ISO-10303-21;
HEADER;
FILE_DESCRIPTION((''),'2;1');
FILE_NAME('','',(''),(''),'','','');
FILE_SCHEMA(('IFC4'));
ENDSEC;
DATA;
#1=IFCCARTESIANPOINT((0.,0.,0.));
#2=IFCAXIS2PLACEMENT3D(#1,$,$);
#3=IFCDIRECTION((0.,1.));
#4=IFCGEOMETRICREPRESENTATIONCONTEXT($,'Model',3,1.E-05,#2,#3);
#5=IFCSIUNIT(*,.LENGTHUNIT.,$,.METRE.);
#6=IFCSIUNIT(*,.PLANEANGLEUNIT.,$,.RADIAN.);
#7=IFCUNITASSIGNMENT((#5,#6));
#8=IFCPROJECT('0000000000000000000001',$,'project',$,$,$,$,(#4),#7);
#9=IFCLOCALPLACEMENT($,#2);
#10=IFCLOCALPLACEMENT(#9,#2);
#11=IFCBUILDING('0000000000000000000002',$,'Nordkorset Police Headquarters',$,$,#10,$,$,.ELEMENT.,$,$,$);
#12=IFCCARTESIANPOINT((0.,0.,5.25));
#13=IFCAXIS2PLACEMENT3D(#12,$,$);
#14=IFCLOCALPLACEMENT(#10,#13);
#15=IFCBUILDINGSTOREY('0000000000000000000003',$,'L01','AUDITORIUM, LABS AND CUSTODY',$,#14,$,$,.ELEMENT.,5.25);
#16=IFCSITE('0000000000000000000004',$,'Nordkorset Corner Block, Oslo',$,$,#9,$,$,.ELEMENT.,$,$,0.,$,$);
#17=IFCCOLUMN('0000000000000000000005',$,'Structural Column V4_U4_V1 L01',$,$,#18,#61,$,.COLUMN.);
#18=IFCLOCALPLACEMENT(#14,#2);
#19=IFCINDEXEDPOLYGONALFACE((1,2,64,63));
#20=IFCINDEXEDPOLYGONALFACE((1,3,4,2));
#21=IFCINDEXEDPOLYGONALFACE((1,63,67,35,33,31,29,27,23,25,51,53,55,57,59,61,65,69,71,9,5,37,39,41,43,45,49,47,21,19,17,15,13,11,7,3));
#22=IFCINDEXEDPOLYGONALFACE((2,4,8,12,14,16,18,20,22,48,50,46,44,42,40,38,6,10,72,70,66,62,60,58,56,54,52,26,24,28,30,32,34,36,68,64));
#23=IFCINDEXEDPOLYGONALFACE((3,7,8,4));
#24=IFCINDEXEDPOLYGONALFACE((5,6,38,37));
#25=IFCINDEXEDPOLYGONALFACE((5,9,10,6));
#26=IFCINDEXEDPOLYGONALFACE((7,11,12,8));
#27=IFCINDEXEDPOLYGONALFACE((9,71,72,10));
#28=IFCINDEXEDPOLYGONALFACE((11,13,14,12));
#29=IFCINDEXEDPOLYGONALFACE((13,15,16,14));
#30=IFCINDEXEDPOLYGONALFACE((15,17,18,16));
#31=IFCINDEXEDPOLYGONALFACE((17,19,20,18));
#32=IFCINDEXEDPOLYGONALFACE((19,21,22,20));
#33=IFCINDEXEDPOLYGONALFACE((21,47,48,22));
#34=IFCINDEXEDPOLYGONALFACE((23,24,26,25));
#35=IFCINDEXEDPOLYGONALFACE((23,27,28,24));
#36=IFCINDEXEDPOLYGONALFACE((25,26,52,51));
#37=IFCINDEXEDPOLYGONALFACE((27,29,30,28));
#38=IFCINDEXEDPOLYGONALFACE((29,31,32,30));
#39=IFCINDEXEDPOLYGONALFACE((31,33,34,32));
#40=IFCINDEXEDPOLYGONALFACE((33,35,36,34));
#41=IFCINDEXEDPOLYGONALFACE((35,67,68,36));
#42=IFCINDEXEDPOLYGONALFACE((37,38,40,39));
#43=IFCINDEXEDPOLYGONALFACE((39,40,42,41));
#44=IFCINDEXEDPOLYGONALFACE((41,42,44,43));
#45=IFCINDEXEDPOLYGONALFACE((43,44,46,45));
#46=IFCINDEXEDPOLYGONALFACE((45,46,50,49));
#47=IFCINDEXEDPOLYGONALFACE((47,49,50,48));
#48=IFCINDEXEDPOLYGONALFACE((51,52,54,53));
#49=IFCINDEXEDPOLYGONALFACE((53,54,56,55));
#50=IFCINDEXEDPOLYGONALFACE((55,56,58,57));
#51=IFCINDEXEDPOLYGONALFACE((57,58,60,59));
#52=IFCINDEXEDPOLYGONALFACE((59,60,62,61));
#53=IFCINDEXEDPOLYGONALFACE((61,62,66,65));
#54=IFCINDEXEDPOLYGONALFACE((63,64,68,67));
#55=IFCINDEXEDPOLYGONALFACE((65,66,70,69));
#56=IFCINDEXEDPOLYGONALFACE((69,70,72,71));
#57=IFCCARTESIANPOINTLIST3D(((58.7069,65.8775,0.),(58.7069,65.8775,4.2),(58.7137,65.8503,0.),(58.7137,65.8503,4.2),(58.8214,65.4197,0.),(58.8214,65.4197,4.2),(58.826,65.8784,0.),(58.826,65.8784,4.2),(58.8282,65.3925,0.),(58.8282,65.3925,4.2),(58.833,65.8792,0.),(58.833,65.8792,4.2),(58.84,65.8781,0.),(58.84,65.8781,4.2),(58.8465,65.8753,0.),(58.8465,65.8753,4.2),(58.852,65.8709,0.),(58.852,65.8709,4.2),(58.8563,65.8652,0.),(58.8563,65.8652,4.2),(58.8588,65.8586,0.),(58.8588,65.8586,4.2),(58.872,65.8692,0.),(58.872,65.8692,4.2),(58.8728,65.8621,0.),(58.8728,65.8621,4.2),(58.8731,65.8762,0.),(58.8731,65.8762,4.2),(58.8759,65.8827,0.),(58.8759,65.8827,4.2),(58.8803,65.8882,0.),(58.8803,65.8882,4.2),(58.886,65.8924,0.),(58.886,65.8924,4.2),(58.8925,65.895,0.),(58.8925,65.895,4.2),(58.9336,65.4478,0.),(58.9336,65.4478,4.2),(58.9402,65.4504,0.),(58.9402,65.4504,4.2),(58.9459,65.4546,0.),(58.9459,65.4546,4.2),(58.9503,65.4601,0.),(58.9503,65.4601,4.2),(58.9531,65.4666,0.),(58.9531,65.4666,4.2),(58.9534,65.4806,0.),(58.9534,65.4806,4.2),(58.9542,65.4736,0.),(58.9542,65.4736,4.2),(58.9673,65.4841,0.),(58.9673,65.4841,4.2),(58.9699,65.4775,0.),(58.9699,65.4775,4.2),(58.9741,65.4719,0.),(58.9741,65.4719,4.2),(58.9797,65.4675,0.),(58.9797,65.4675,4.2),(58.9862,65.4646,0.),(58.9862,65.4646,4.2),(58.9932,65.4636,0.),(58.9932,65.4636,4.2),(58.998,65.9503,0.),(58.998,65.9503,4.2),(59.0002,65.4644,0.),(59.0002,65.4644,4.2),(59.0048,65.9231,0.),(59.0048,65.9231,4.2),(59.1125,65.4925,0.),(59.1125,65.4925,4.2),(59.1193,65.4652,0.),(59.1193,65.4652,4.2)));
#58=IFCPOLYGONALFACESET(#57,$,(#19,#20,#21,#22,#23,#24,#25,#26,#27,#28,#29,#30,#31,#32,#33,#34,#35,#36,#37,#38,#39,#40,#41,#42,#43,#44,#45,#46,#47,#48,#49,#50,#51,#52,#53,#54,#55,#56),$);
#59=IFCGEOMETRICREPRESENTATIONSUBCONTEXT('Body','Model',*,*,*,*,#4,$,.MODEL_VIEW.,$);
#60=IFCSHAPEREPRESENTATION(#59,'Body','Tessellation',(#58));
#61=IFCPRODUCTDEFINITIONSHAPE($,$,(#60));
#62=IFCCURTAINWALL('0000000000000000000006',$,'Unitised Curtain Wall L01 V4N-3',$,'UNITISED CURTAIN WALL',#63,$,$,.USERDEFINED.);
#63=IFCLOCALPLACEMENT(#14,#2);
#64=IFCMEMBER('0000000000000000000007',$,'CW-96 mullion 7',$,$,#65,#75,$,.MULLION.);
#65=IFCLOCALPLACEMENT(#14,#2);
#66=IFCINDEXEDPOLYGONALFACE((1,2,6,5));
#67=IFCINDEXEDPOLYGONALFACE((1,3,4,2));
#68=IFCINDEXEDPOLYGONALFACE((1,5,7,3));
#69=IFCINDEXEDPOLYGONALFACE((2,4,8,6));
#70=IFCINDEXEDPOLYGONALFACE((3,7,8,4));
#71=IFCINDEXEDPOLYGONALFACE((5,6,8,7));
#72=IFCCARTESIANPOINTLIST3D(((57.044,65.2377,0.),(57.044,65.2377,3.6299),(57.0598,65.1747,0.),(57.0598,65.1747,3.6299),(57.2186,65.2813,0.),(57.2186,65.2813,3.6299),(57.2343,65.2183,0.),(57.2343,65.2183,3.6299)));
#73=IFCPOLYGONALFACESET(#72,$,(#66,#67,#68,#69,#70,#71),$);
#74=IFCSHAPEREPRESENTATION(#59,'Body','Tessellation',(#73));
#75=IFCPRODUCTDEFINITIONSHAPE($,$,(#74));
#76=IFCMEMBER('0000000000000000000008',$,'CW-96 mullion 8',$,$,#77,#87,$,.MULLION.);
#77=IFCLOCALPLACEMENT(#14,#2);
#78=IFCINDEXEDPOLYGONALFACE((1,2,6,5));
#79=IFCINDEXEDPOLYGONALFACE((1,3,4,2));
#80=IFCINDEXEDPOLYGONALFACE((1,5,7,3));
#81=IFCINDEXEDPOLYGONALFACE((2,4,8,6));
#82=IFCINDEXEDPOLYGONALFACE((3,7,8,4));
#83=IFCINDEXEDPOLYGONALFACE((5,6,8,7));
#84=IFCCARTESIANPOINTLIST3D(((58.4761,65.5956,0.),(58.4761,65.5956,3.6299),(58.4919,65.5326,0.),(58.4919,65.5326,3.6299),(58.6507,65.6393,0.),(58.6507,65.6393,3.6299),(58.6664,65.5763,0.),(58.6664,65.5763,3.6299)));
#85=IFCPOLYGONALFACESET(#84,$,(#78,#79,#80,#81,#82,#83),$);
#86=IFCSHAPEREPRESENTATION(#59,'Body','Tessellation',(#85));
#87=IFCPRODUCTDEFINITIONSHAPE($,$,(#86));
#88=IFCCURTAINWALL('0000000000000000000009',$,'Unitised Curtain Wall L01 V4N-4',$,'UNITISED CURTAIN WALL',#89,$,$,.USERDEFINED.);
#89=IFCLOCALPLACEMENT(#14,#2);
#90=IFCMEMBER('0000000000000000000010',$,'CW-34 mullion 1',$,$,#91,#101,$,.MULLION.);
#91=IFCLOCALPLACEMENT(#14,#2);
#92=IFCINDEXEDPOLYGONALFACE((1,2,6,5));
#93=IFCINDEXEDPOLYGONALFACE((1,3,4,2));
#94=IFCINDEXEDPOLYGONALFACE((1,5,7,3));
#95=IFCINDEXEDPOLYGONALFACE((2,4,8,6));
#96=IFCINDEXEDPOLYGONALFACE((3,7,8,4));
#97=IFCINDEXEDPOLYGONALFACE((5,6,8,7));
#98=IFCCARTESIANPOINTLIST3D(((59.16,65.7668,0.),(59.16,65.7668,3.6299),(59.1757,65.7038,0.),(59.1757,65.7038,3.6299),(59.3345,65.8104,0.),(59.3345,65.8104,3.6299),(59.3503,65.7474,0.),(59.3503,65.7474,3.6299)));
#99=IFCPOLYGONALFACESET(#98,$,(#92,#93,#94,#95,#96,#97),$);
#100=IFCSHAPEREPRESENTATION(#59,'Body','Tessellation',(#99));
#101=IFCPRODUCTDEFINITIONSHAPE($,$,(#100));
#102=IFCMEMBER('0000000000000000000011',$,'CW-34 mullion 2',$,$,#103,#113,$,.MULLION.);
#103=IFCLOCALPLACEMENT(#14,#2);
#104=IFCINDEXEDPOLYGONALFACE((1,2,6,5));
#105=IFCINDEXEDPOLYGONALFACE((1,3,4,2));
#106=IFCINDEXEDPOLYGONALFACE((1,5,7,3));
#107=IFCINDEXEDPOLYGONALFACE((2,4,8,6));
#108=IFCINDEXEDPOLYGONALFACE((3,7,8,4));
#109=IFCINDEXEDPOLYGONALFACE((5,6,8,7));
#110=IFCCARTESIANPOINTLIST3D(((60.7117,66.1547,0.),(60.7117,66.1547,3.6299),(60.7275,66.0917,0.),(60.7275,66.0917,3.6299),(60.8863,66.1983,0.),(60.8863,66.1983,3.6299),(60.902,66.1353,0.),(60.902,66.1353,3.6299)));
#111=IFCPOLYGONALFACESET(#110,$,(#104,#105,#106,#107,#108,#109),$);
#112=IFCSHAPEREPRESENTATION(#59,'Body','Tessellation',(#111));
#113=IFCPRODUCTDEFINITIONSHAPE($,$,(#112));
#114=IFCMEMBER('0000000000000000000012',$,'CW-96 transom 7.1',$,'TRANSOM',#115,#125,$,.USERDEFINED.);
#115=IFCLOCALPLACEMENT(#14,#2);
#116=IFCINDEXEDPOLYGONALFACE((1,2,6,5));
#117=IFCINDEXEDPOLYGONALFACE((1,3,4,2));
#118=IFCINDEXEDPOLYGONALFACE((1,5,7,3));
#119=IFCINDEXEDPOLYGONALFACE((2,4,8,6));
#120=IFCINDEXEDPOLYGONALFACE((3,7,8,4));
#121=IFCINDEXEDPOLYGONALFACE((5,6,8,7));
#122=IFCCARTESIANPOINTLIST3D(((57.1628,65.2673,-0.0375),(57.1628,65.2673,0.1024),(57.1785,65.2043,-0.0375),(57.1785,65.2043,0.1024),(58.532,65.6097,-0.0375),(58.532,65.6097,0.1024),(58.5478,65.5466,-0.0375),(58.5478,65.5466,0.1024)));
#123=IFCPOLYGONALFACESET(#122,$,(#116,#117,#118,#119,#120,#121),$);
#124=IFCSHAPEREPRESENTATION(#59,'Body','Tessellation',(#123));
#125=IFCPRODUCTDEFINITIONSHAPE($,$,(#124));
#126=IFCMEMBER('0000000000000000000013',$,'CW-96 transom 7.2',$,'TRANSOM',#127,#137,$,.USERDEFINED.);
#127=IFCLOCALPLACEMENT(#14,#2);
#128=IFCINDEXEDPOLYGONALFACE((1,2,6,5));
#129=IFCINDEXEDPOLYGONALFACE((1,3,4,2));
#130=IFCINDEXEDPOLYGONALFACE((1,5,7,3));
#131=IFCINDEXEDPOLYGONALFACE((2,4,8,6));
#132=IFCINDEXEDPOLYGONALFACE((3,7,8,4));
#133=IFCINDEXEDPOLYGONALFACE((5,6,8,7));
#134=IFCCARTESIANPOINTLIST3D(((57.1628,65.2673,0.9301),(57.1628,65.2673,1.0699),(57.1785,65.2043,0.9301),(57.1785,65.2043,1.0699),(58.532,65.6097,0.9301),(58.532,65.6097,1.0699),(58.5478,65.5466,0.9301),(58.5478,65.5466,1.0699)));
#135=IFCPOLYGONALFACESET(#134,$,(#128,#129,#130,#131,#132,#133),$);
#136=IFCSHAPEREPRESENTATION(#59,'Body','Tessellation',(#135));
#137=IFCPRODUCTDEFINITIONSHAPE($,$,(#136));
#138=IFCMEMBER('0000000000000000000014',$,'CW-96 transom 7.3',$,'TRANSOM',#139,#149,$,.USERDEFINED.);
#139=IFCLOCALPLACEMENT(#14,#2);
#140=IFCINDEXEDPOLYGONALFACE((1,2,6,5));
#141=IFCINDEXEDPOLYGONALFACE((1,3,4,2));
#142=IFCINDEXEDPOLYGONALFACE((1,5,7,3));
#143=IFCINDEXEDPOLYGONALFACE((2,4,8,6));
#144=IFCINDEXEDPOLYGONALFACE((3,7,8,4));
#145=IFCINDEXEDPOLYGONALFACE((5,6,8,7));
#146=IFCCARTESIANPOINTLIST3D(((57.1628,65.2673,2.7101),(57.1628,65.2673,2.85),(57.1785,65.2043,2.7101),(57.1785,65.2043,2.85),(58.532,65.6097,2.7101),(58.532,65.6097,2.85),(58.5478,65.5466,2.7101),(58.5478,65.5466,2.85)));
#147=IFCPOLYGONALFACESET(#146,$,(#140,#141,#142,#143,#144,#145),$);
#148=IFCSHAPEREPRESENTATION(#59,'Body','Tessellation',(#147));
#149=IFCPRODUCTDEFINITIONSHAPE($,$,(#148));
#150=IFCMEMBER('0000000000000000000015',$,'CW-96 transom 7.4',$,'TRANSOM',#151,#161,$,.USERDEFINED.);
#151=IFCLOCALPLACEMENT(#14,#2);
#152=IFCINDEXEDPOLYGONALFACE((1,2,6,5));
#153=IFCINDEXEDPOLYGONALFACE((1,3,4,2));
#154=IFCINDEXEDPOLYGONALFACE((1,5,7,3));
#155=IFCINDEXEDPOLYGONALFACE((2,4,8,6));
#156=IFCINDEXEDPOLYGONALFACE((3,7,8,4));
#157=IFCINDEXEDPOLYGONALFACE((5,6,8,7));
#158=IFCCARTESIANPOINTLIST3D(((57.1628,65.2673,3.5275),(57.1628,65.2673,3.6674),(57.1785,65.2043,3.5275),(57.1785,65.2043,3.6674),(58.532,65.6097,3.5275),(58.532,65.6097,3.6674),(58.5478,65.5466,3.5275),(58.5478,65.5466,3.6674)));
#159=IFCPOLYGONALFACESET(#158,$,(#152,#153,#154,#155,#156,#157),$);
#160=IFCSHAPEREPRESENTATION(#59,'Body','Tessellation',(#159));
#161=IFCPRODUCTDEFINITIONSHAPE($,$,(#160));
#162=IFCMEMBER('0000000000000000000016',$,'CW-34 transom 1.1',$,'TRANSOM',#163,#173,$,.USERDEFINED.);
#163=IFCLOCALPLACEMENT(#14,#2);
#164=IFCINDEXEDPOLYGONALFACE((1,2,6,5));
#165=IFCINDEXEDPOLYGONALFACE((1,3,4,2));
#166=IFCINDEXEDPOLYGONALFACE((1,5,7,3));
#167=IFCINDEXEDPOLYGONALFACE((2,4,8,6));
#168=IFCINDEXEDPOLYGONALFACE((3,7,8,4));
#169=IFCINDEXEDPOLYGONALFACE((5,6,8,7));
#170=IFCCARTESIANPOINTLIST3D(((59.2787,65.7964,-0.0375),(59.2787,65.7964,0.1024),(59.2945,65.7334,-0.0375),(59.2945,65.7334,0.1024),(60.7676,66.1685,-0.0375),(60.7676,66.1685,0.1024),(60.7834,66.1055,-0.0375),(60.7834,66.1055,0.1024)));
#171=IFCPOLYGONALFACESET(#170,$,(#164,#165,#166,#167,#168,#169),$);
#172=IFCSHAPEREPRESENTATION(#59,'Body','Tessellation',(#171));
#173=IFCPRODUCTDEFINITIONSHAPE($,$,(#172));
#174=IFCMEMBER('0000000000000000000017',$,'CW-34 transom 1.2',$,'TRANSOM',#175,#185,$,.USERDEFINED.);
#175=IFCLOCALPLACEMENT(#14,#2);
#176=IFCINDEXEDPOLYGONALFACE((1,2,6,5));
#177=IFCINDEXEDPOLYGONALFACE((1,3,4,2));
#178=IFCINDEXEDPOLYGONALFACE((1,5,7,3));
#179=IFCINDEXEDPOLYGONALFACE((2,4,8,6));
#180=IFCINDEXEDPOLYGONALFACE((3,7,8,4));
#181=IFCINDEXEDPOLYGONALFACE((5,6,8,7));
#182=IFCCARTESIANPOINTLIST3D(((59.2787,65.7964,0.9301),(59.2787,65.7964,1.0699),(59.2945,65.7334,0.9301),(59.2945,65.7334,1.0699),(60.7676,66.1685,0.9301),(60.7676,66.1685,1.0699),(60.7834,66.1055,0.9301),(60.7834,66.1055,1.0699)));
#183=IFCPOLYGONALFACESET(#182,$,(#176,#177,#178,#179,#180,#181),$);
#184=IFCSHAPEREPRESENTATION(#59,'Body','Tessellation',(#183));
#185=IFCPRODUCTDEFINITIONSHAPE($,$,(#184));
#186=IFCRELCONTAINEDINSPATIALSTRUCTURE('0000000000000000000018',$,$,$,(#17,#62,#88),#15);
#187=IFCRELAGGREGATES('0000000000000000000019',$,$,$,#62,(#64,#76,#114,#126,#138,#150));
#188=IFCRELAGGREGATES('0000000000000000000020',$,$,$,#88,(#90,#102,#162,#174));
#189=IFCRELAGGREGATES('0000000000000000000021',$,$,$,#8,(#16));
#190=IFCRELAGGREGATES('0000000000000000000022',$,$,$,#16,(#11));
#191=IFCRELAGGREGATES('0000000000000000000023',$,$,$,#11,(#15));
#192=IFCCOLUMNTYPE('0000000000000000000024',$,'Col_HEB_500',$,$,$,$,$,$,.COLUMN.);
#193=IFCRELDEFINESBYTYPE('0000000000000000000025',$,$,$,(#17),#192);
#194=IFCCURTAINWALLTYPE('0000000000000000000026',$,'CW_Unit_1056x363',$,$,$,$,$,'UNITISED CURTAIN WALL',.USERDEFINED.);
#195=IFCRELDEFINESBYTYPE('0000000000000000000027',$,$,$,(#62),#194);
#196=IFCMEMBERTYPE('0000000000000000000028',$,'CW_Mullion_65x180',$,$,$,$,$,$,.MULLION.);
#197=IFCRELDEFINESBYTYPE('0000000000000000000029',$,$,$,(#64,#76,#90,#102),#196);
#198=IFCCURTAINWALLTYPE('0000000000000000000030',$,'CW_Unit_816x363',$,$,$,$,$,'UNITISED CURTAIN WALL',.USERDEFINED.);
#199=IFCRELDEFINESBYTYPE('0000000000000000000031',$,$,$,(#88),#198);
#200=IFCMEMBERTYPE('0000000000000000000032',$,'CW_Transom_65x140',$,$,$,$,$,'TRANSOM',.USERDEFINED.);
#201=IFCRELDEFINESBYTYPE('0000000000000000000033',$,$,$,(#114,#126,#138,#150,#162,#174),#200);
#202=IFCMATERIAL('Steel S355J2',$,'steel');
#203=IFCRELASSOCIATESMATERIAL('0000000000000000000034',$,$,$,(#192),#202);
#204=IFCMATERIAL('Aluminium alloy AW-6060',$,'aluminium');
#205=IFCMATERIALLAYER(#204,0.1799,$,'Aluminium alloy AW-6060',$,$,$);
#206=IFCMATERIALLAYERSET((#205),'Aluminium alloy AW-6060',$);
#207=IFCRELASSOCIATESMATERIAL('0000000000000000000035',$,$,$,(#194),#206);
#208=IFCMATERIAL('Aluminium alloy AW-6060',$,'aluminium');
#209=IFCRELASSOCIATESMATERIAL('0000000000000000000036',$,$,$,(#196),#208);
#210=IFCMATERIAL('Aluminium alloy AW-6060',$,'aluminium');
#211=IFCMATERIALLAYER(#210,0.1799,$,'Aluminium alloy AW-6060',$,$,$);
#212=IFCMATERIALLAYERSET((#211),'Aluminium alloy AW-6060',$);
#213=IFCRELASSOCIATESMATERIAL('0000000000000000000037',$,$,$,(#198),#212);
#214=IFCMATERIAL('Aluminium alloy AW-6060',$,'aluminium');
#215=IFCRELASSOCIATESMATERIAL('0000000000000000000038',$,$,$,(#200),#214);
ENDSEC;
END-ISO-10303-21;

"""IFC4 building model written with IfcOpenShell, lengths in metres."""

from ifc_helpers import new_model, si_unit, direction, frame, origin, origin_2d, place, context, subcontext, project, spatial, rectangle, i_section, extrude, material, layer, layer_set, material_profile, profile_set, type_object, element, aggregate, save


model = new_model("IFC4")

# Units and contexts
model_context = context("Model", 3, precision=1e-05, world=origin(), true_north=direction((0.0, 1.0)))
body_context = subcontext(model_context, "Body", "Model", "MODEL_VIEW")
ifc_project = project(units=[si_unit("LENGTHUNIT", "METRE"), si_unit("PLANEANGLEUNIT", "RADIAN")], contexts=[model_context])

# Site, building, storey
site_placement = place(None, origin())
site = spatial("IfcSite", under=ifc_project, at=site_placement, Name="Nordkorset Corner Block, Oslo", CompositionType="ELEMENT", RefElevation=0.0)
building_placement = place(site_placement, origin())
building = spatial("IfcBuilding", under=site, at=building_placement, Name="Nordkorset Police Headquarters", CompositionType="ELEMENT")
storey_placement = place(building_placement, frame((0.0, 0.0, 5.25)))
storey = spatial("IfcBuildingStorey", under=building, at=storey_placement, Name="L01", Description="AUDITORIUM, LABS AND CUSTODY", CompositionType="ELEMENT", Elevation=5.25)

# Column
ifc_material_1 = material(Name="Steel S355J2", Category="steel")
ifc_material_profile_1 = material_profile(ifc_material_1, i_section(OverallWidth=0.3, OverallDepth=0.5, WebThickness=0.0144, FlangeThickness=0.0281, FilletRadius=0.0271, at=origin_2d()), Name="HEB 500")
ifc_profile_set_1 = profile_set([ifc_material_profile_1], Name="Steel S355J2")
column_type = type_object("IfcColumnType", Name="Col_HEB_500", PredefinedType="COLUMN", material=ifc_profile_set_1)
column_placement = place(storey_placement, frame((58.9131, 65.6714, 0.0), z_axis=(0.0, 0.0, 1.0), x_axis=(0.970143, 0.242536, 0.0)))
element("IfcColumn", 1, at=column_placement, inside=storey, type_object=column_type, Name="Structural Column V4_U4_V1 L01", PredefinedType="COLUMN", context=body_context, shape_type="SweptSolid", body=[
    extrude(i_section(OverallWidth=0.3, OverallDepth=0.5, WebThickness=0.0144, FlangeThickness=0.0281, FilletRadius=0.0271, at=origin_2d()), origin(), (0.0, 0.0, 1.0), 4.2),
])

# Curtain walls, members
ifc_material_2 = material(Name="Aluminium alloy AW-6060", Category="aluminium")
ifc_layer_1 = layer(ifc_material_2, 0.1799, Name="Aluminium alloy AW-6060")
ifc_layer_set_1 = layer_set([ifc_layer_1], Name="Aluminium alloy AW-6060")
curtain_wall_type_1 = type_object("IfcCurtainWallType", Name="CW_Unit_1056x363", ElementType="UNITISED CURTAIN WALL", PredefinedType="USERDEFINED", material=ifc_layer_set_1)
curtain_wall_1_placement = place(storey_placement, origin())
curtain_wall_1 = element("IfcCurtainWall", 2, at=curtain_wall_1_placement, inside=storey, type_object=curtain_wall_type_1, Name="Unitised Curtain Wall L01 V4N-3", ObjectType="UNITISED CURTAIN WALL", PredefinedType="USERDEFINED")
ifc_material_3 = material(Name="Aluminium alloy AW-6060", Category="aluminium")
ifc_material_profile_2 = material_profile(ifc_material_3, rectangle(XDim=0.0649, YDim=0.1799, at=origin_2d()), Name="ALU MULL 65x180")
ifc_profile_set_2 = profile_set([ifc_material_profile_2], Name="Aluminium alloy AW-6060")
member_type_1 = type_object("IfcMemberType", Name="CW_Mullion_65x180", PredefinedType="MULLION", material=ifc_profile_set_2)
member_1_placement = place(storey_placement, frame((57.1392, 65.228, 0.0), z_axis=(0.0, 0.0, 1.0), x_axis=(-0.242536, 0.970142, 0.0)))
member_1 = element("IfcMember", 3, at=member_1_placement, type_object=member_type_1, Name="CW-96 mullion 7", PredefinedType="MULLION", context=body_context, shape_type="SweptSolid", body=[
    extrude(rectangle(XDim=0.0649, YDim=0.1799, at=origin_2d()), origin(), (0.0, 0.0, 1.0), 3.6299),
])
member_2_placement = place(storey_placement, frame((58.5713, 65.5859, 0.0), z_axis=(0.0, 0.0, 1.0), x_axis=(-0.242536, 0.970142, 0.0)))
member_2 = element("IfcMember", 4, at=member_2_placement, type_object=member_type_1, Name="CW-96 mullion 8", PredefinedType="MULLION", context=body_context, shape_type="SweptSolid", body=[
    extrude(rectangle(XDim=0.0649, YDim=0.1799, at=origin_2d()), origin(), (0.0, 0.0, 1.0), 3.6299),
])
ifc_material_4 = material(Name="Aluminium alloy AW-6060", Category="aluminium")
ifc_layer_2 = layer(ifc_material_4, 0.1799, Name="Aluminium alloy AW-6060")
ifc_layer_set_2 = layer_set([ifc_layer_2], Name="Aluminium alloy AW-6060")
curtain_wall_type_2 = type_object("IfcCurtainWallType", Name="CW_Unit_816x363", ElementType="UNITISED CURTAIN WALL", PredefinedType="USERDEFINED", material=ifc_layer_set_2)
curtain_wall_2_placement = place(storey_placement, origin())
curtain_wall_2 = element("IfcCurtainWall", 5, at=curtain_wall_2_placement, inside=storey, type_object=curtain_wall_type_2, Name="Unitised Curtain Wall L01 V4N-4", ObjectType="UNITISED CURTAIN WALL", PredefinedType="USERDEFINED")
member_3_placement = place(storey_placement, frame((59.2551, 65.7571, 0.0), z_axis=(0.0, 0.0, 1.0), x_axis=(-0.242535, 0.970143, 0.0)))
member_3 = element("IfcMember", 6, at=member_3_placement, type_object=member_type_1, Name="CW-34 mullion 1", PredefinedType="MULLION", context=body_context, shape_type="SweptSolid", body=[
    extrude(rectangle(XDim=0.0649, YDim=0.1799, at=origin_2d()), origin(), (0.0, 0.0, 1.0), 3.6299),
])
member_4_placement = place(storey_placement, frame((60.8069, 66.145, 0.0), z_axis=(0.0, 0.0, 1.0), x_axis=(-0.242535, 0.970143, 0.0)))
member_4 = element("IfcMember", 7, at=member_4_placement, type_object=member_type_1, Name="CW-34 mullion 2", PredefinedType="MULLION", context=body_context, shape_type="SweptSolid", body=[
    extrude(rectangle(XDim=0.0649, YDim=0.1799, at=origin_2d()), origin(), (0.0, 0.0, 1.0), 3.6299),
])

# Members
ifc_material_5 = material(Name="Aluminium alloy AW-6060", Category="aluminium")
ifc_material_profile_3 = material_profile(ifc_material_5, rectangle(XDim=0.0649, YDim=0.1399, at=origin_2d()), Name="ALU TRAN 65x140")
ifc_profile_set_3 = profile_set([ifc_material_profile_3], Name="Aluminium alloy AW-6060")
member_type_2 = type_object("IfcMemberType", Name="CW_Transom_65x140", ElementType="TRANSOM", PredefinedType="USERDEFINED", material=ifc_profile_set_3)
member_5_placement = place(storey_placement, frame((57.1707, 65.2358, 0.0325), z_axis=(0.970143, 0.242536, 0.0), x_axis=(-0.242536, 0.970143, 0.0)))
member_5 = element("IfcMember", 8, at=member_5_placement, type_object=member_type_2, Name="CW-96 transom 7.1", ObjectType="TRANSOM", PredefinedType="USERDEFINED", context=body_context, shape_type="SweptSolid", body=[
    extrude(rectangle(XDim=0.0649, YDim=0.1399, at=origin_2d()), origin(), (0.0, 0.0, 1.0), 1.4114),
])
member_6_placement = place(storey_placement, frame((57.1707, 65.2358, 1.0), z_axis=(0.970143, 0.242536, 0.0), x_axis=(-0.242536, 0.970143, 0.0)))
member_6 = element("IfcMember", 9, at=member_6_placement, type_object=member_type_2, Name="CW-96 transom 7.2", ObjectType="TRANSOM", PredefinedType="USERDEFINED", context=body_context, shape_type="SweptSolid", body=[
    extrude(rectangle(XDim=0.0649, YDim=0.1399, at=origin_2d()), origin(), (0.0, 0.0, 1.0), 1.4114),
])
member_7_placement = place(storey_placement, frame((57.1707, 65.2358, 2.78), z_axis=(0.970143, 0.242536, 0.0), x_axis=(-0.242536, 0.970143, 0.0)))
member_7 = element("IfcMember", 10, at=member_7_placement, type_object=member_type_2, Name="CW-96 transom 7.3", ObjectType="TRANSOM", PredefinedType="USERDEFINED", context=body_context, shape_type="SweptSolid", body=[
    extrude(rectangle(XDim=0.0649, YDim=0.1399, at=origin_2d()), origin(), (0.0, 0.0, 1.0), 1.4114),
])
member_8_placement = place(storey_placement, frame((57.1707, 65.2358, 3.5974), z_axis=(0.970143, 0.242536, 0.0), x_axis=(-0.242536, 0.970143, 0.0)))
member_8 = element("IfcMember", 11, at=member_8_placement, type_object=member_type_2, Name="CW-96 transom 7.4", ObjectType="TRANSOM", PredefinedType="USERDEFINED", context=body_context, shape_type="SweptSolid", body=[
    extrude(rectangle(XDim=0.0649, YDim=0.1399, at=origin_2d()), origin(), (0.0, 0.0, 1.0), 1.4114),
])
member_9_placement = place(storey_placement, frame((59.2866, 65.7649, 0.0325), z_axis=(0.970161, 0.242461, 0.0), x_axis=(-0.242461, 0.970161, 0.0)))
member_9 = element("IfcMember", 12, at=member_9_placement, type_object=member_type_2, Name="CW-34 transom 1.1", ObjectType="TRANSOM", PredefinedType="USERDEFINED", context=body_context, shape_type="SweptSolid", body=[
    extrude(rectangle(XDim=0.0649, YDim=0.1399, at=origin_2d()), origin(), (0.0, 0.0, 1.0), 1.5347),
])
member_10_placement = place(storey_placement, frame((59.2866, 65.7649, 1.0), z_axis=(0.970161, 0.242461, 0.0), x_axis=(-0.242461, 0.970161, 0.0)))
member_10 = element("IfcMember", 13, at=member_10_placement, type_object=member_type_2, Name="CW-34 transom 1.2", ObjectType="TRANSOM", PredefinedType="USERDEFINED", context=body_context, shape_type="SweptSolid", body=[
    extrude(rectangle(XDim=0.0649, YDim=0.1399, at=origin_2d()), origin(), (0.0, 0.0, 1.0), 1.5347),
])

aggregate(curtain_wall_1, [member_1, member_2, member_5, member_6, member_7, member_8])
aggregate(curtain_wall_2, [member_3, member_4, member_9, member_10])

save(model, "model.ifc")
